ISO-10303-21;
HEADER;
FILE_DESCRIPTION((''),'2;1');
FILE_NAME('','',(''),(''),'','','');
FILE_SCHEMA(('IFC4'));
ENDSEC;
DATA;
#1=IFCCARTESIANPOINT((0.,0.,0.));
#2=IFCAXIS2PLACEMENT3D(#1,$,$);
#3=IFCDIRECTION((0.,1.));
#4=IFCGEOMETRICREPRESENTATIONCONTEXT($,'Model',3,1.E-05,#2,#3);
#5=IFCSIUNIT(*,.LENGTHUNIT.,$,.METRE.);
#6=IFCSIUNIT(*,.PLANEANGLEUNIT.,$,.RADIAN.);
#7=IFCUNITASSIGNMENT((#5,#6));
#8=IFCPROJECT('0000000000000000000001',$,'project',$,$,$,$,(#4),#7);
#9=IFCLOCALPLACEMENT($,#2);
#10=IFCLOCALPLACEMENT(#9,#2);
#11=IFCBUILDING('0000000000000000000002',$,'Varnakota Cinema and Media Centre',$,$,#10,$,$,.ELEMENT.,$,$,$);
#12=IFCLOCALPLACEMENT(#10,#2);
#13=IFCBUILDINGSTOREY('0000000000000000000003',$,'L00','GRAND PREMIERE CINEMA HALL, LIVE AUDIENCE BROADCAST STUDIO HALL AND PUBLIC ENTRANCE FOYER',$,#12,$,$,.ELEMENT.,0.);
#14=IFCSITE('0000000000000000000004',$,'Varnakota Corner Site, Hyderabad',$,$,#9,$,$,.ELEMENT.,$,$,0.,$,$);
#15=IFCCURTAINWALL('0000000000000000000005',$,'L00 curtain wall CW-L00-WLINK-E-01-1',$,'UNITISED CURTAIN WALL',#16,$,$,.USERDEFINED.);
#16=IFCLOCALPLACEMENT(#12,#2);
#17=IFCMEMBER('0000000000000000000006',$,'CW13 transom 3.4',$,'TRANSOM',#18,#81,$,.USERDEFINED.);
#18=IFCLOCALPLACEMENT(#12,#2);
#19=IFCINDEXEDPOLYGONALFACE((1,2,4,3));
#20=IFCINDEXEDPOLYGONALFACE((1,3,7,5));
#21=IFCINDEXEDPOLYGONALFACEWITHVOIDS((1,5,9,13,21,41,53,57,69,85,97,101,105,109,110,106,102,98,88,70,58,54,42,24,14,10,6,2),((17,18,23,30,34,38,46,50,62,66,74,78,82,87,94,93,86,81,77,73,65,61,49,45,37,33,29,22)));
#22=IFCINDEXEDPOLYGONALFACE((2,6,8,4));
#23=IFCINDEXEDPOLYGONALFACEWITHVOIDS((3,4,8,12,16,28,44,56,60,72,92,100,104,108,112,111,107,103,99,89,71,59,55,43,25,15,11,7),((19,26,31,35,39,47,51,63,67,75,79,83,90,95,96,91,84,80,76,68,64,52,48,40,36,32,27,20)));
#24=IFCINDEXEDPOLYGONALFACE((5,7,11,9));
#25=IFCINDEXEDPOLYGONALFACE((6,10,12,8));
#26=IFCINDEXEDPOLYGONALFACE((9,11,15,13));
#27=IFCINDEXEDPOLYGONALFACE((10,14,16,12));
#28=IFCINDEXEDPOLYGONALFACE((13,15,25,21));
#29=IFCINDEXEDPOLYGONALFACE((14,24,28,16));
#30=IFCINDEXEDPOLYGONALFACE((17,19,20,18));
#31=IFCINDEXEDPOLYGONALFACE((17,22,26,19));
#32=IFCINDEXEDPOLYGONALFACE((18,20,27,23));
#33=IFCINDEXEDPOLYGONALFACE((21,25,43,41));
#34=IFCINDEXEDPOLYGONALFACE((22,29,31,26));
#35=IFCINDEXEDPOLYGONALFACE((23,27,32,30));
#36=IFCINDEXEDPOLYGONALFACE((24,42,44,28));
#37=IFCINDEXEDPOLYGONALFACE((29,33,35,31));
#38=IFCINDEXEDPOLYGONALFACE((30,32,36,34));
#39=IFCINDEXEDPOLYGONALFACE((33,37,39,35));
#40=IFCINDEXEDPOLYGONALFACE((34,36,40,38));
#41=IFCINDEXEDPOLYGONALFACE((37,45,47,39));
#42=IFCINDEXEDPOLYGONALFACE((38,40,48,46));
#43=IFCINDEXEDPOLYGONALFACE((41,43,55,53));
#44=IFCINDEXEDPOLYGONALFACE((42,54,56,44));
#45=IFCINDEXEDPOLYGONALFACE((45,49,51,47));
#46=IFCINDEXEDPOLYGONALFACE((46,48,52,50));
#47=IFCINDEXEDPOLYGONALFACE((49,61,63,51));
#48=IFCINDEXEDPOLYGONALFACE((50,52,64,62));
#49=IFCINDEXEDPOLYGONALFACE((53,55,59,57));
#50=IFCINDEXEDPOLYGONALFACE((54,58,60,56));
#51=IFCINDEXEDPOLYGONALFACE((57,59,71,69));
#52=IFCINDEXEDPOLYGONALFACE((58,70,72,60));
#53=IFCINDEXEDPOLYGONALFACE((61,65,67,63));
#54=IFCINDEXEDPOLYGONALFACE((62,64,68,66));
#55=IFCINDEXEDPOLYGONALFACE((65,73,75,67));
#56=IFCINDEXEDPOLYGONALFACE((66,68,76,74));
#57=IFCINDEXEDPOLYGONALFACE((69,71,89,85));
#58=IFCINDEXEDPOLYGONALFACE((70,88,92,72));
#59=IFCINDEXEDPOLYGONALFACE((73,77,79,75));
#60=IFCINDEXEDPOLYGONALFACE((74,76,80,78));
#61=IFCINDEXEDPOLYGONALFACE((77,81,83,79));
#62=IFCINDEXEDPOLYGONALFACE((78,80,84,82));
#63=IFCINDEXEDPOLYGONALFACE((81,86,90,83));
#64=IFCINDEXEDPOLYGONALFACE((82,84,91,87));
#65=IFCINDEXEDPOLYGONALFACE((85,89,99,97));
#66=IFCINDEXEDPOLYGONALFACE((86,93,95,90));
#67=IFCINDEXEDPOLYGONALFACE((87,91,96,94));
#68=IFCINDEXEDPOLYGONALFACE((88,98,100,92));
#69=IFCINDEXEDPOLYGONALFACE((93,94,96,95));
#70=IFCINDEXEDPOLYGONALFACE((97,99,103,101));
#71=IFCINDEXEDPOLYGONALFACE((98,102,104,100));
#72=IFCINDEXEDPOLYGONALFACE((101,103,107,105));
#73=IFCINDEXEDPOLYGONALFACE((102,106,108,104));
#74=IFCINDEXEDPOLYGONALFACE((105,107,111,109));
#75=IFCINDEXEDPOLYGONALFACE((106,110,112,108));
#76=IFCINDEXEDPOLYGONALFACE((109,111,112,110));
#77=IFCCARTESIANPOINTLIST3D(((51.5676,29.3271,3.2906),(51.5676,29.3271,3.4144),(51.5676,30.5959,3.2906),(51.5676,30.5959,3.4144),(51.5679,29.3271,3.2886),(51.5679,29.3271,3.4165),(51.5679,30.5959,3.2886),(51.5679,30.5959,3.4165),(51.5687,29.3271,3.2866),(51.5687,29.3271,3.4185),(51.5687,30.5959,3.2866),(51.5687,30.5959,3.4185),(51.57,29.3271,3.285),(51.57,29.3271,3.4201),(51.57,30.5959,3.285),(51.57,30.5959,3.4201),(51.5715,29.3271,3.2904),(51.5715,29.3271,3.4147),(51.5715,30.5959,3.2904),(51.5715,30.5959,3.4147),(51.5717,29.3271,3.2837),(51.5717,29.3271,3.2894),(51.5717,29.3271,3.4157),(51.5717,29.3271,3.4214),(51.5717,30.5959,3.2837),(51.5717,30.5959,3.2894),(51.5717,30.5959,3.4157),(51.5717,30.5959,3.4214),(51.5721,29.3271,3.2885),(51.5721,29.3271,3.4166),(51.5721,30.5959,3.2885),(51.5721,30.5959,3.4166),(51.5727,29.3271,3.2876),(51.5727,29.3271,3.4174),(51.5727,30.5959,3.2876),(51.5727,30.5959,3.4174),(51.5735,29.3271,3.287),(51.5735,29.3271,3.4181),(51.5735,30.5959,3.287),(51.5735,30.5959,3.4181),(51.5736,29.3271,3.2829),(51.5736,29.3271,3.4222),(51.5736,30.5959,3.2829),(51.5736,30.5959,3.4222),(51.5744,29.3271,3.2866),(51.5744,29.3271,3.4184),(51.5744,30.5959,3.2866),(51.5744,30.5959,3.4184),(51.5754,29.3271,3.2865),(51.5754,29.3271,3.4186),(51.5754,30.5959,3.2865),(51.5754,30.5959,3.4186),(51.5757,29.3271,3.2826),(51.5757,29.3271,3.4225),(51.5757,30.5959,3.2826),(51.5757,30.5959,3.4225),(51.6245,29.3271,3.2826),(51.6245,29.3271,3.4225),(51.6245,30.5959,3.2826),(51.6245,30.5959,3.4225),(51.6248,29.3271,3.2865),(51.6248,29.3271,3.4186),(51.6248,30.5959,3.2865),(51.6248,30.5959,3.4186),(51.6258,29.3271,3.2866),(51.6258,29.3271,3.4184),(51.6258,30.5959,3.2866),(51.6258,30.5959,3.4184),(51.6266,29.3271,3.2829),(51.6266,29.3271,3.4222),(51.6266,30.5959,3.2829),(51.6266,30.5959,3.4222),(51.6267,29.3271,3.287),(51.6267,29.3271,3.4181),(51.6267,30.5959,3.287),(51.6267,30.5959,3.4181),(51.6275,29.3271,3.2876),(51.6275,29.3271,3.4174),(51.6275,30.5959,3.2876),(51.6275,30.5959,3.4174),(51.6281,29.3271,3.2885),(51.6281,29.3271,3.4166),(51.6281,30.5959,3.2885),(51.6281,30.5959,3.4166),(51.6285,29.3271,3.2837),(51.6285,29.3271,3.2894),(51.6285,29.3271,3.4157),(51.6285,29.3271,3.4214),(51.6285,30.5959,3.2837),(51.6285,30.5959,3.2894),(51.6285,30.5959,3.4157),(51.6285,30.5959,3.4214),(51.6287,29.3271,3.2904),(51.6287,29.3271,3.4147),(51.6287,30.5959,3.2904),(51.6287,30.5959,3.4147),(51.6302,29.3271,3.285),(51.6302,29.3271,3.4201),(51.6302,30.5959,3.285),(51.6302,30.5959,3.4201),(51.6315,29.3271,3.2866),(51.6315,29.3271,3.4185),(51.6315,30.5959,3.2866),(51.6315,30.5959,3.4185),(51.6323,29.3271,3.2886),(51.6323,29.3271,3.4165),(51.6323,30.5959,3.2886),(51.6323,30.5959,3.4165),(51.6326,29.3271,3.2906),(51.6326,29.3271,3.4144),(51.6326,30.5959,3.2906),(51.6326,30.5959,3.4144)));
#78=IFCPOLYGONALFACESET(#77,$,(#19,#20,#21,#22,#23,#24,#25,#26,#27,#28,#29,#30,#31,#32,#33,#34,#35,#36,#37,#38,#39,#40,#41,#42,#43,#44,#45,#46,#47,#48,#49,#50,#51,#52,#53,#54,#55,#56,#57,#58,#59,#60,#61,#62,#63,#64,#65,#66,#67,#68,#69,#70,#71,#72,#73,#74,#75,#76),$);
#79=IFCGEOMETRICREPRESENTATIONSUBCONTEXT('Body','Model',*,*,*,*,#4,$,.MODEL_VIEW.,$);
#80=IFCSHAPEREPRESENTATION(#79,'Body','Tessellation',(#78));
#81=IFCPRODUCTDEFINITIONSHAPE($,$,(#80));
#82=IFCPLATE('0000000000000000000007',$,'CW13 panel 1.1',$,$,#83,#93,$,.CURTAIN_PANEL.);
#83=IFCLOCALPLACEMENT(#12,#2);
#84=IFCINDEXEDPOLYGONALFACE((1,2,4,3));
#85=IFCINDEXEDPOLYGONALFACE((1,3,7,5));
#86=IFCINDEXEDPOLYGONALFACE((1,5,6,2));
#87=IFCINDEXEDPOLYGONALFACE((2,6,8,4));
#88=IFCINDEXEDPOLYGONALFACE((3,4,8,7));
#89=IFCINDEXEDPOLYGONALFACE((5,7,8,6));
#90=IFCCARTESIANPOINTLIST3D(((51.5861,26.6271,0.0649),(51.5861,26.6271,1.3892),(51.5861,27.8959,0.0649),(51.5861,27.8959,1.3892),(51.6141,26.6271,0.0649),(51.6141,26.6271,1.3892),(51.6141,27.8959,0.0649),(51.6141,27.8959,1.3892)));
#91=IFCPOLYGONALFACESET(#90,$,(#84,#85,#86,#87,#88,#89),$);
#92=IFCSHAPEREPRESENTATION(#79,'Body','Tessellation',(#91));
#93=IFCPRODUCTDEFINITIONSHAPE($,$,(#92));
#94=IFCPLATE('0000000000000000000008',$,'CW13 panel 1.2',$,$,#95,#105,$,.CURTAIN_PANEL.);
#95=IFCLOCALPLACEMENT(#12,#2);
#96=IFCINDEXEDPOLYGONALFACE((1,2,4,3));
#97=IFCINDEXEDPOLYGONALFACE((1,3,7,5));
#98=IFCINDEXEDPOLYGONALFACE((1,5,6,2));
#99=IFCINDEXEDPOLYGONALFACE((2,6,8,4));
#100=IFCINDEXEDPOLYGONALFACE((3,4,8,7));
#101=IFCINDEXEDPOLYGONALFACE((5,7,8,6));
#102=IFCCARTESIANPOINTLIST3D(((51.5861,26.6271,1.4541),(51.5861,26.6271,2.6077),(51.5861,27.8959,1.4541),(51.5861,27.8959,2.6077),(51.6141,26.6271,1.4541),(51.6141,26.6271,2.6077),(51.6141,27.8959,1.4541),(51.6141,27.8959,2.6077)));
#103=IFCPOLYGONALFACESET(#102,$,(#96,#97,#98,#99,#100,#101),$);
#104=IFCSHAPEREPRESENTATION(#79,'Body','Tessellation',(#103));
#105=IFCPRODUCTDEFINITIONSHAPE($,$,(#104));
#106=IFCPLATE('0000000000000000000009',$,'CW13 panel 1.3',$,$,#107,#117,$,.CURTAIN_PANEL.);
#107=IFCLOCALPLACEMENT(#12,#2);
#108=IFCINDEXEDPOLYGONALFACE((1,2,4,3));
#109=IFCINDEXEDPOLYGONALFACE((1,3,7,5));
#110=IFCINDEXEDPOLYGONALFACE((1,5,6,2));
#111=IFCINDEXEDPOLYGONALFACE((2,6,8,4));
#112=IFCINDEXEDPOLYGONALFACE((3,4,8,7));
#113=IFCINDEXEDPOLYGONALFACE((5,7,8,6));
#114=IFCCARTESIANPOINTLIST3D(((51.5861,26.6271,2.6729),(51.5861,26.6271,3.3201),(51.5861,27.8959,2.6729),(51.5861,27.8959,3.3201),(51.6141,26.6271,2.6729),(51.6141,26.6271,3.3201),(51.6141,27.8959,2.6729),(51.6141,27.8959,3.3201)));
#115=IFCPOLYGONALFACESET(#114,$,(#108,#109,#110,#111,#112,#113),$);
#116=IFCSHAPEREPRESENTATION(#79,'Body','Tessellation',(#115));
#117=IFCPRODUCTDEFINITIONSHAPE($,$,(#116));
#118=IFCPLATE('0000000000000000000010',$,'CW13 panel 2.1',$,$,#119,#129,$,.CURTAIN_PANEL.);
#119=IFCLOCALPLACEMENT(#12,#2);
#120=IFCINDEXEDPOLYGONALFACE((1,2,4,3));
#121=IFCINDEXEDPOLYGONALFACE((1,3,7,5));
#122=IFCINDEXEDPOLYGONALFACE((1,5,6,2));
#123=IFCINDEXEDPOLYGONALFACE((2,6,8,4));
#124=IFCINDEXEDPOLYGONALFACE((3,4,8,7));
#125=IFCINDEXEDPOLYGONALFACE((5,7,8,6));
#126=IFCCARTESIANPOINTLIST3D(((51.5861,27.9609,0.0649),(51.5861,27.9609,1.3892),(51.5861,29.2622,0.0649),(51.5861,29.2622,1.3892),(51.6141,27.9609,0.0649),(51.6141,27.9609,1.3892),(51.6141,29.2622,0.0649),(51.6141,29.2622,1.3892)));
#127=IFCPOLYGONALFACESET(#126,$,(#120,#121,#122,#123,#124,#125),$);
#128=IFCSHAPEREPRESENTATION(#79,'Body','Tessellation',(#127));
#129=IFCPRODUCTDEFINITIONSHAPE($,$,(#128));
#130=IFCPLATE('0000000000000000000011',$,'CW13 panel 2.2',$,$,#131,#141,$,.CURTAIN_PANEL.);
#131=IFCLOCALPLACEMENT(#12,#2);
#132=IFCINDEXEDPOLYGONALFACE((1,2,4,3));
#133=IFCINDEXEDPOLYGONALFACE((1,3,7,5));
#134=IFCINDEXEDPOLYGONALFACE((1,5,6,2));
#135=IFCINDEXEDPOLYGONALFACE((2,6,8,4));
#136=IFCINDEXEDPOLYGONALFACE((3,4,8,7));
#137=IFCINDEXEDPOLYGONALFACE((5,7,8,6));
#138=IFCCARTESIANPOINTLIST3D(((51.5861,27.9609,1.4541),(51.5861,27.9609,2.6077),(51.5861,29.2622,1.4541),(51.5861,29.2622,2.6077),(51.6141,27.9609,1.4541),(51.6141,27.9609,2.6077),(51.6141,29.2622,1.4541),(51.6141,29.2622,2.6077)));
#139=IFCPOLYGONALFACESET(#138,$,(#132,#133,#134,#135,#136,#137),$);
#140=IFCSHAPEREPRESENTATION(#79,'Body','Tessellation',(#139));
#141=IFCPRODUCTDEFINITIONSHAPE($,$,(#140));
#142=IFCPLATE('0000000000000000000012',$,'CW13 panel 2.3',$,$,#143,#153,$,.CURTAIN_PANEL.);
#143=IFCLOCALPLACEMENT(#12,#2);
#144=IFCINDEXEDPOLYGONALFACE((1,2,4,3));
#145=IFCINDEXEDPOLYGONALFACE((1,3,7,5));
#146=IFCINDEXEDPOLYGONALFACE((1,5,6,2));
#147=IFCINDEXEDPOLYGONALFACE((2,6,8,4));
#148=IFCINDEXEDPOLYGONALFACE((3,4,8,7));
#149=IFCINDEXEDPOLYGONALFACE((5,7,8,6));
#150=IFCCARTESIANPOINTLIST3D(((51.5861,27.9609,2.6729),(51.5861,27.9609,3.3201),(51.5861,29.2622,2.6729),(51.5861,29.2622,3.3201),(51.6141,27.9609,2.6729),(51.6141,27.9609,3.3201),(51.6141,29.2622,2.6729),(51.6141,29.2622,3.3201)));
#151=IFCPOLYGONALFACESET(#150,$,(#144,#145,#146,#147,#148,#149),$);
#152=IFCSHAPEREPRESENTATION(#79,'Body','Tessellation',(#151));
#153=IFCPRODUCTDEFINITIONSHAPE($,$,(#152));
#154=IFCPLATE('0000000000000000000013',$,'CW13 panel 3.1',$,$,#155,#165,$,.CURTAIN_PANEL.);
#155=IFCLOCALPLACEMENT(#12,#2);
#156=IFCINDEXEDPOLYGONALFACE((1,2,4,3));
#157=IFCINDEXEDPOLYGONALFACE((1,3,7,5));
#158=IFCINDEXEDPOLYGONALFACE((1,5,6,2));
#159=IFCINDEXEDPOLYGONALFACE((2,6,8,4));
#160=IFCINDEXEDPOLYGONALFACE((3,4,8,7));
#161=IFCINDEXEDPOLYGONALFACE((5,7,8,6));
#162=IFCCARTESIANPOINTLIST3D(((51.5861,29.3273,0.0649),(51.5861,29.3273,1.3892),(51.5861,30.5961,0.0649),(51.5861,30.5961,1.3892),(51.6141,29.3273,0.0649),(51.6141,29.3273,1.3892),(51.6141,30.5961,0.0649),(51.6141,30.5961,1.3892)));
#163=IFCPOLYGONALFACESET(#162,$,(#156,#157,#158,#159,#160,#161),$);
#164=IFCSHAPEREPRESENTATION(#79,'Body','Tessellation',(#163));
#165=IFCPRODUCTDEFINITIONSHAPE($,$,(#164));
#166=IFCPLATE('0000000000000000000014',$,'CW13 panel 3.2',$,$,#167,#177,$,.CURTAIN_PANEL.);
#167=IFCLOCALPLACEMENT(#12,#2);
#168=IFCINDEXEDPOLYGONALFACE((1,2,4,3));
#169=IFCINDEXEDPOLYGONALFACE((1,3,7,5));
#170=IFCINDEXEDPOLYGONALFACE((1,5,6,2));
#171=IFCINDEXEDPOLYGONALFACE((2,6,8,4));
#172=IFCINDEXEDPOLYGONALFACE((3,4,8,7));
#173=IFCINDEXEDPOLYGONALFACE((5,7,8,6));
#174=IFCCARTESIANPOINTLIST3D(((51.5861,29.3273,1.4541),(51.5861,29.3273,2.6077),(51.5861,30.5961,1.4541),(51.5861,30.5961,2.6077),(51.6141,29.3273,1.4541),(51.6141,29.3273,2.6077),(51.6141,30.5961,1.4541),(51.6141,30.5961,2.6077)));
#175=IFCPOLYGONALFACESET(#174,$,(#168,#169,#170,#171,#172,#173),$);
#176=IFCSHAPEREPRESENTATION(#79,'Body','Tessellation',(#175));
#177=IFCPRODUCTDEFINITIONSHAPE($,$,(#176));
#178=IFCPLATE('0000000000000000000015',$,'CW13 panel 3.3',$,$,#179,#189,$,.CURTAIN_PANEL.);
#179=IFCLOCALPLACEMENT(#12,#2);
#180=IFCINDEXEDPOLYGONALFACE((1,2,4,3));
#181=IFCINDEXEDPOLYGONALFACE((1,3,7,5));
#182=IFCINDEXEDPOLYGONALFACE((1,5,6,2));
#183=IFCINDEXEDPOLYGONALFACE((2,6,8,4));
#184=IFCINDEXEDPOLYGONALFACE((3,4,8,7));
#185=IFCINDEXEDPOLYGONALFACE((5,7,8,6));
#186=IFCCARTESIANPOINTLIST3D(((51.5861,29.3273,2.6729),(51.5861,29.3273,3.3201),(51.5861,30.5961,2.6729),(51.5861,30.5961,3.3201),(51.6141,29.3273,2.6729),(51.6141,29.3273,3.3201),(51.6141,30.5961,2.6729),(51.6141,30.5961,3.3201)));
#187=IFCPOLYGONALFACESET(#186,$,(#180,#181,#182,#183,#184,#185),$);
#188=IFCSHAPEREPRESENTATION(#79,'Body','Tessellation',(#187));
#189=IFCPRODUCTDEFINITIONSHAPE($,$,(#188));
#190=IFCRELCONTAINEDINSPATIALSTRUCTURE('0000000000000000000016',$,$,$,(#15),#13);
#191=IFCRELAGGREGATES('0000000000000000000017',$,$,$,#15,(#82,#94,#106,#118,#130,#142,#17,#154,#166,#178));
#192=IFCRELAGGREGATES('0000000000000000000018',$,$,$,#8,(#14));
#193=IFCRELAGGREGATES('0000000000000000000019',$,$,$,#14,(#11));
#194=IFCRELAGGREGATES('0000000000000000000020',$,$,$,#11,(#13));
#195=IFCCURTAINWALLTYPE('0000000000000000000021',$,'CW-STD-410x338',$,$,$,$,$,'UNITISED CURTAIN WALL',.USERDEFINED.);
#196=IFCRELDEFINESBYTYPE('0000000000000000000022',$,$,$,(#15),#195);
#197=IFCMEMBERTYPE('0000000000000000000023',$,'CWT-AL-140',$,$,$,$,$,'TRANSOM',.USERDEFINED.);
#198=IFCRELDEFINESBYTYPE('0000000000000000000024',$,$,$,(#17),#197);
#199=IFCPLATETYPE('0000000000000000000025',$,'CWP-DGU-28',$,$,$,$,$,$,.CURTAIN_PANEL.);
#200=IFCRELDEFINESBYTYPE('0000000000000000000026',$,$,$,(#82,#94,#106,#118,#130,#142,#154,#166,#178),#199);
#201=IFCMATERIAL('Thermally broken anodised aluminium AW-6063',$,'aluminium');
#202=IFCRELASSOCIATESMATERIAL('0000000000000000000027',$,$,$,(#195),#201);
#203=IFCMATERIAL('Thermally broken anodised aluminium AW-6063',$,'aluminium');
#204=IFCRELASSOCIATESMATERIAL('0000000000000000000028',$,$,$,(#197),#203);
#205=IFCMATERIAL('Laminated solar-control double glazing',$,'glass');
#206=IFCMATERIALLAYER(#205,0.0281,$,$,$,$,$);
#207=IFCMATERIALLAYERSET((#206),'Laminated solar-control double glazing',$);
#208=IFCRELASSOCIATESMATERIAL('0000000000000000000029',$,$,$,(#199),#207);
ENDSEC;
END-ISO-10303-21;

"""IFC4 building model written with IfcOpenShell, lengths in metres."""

from ifc_helpers import new_model, si_unit, direction, frame, origin, origin_2d, place, context, subcontext, project, spatial, rectangle, hollow_rectangle, extrude, material, layer, layer_set, material_profile, profile_set, type_object, element, aggregate, save


model = new_model("IFC4")

# Units and contexts
model_context = context("Model", 3, precision=1e-05, world=origin(), true_north=direction((0.0, 1.0)))
body_context = subcontext(model_context, "Body", "Model", "MODEL_VIEW")
ifc_project = project(units=[si_unit("LENGTHUNIT", "METRE"), si_unit("PLANEANGLEUNIT", "RADIAN")], contexts=[model_context])

# Site, building, storey
site_placement = place(None, origin())
site = spatial("IfcSite", under=ifc_project, at=site_placement, Name="Varnakota Corner Site, Hyderabad", CompositionType="ELEMENT", RefElevation=0.0)
building_placement = place(site_placement, origin())
building = spatial("IfcBuilding", under=site, at=building_placement, Name="Varnakota Cinema and Media Centre", CompositionType="ELEMENT")
storey_placement = place(building_placement, origin())
storey = spatial("IfcBuildingStorey", under=building, at=storey_placement, Name="L00", Description="GRAND PREMIERE CINEMA HALL, LIVE AUDIENCE BROADCAST STUDIO HALL AND PUBLIC ENTRANCE FOYER", CompositionType="ELEMENT", Elevation=0.0)

# Curtain wall, member, plates
ifc_material_1 = material(Name="Thermally broken anodised aluminium AW-6063", Category="aluminium")
curtain_wall_type = type_object("IfcCurtainWallType", Name="CW-STD-410x338", ElementType="UNITISED CURTAIN WALL", PredefinedType="USERDEFINED", material=ifc_material_1)
curtain_wall_placement = place(storey_placement, origin())
curtain_wall = element("IfcCurtainWall", 1, at=curtain_wall_placement, inside=storey, type_object=curtain_wall_type, Name="L00 curtain wall CW-L00-WLINK-E-01-1", ObjectType="UNITISED CURTAIN WALL", PredefinedType="USERDEFINED")
ifc_material_2 = material(Name="Thermally broken anodised aluminium AW-6063", Category="aluminium")
ifc_material_profile_1 = material_profile(ifc_material_2, hollow_rectangle(XDim=0.0649, YDim=0.1399, WallThickness=0.0039, InnerFilletRadius=0.0039, OuterFilletRadius=0.0081, at=origin_2d()), Name="AL-TRANSOM 140x65x4")
ifc_profile_set_1 = profile_set([ifc_material_profile_1], Name="Thermally broken anodised aluminium AW-6063")
member_type_1 = type_object("IfcMemberType", Name="CWT-AL-140", ElementType="TRANSOM", PredefinedType="USERDEFINED", material=ifc_profile_set_1)
member_1_placement = place(storey_placement, frame((51.6001, 29.3271, 3.3525), z_axis=(0.0, 1.0, 0.0), x_axis=(-1.0, 0.0, 0.0)))
member_1 = element("IfcMember", 2, at=member_1_placement, type_object=member_type_1, Name="CW13 transom 3.4", ObjectType="TRANSOM", PredefinedType="USERDEFINED", context=body_context, shape_type="SweptSolid", body=[
    extrude(hollow_rectangle(XDim=0.0649, YDim=0.1399, WallThickness=0.0039, InnerFilletRadius=0.0039, OuterFilletRadius=0.0081, at=origin_2d()), origin(), (0.0, 0.0, 1.0), 1.2688),
])
ifc_material_3 = material(Name="Laminated solar-control double glazing", Category="glass")
ifc_layer_1 = layer(ifc_material_3, 0.0281)
ifc_layer_set_1 = layer_set([ifc_layer_1], Name="Laminated solar-control double glazing")
plate_type = type_object("IfcPlateType", Name="CWP-DGU-28", PredefinedType="CURTAIN_PANEL", material=ifc_layer_set_1)
plate_1_placement = place(storey_placement, frame((51.6001, 27.2615, 0.0649), z_axis=(0.0, 0.0, 1.0), x_axis=(0.0, 1.0, 0.0)))
plate_1 = element("IfcPlate", 3, at=plate_1_placement, type_object=plate_type, Name="CW13 panel 1.1", PredefinedType="CURTAIN_PANEL", context=body_context, shape_type="SweptSolid", body=[
    extrude(rectangle(XDim=1.2688, YDim=0.0281, at=origin_2d()), origin(), (0.0, 0.0, 1.0), 1.3242),
])
plate_2_placement = place(storey_placement, frame((51.6001, 27.2615, 1.4541), z_axis=(0.0, 0.0, 1.0), x_axis=(0.0, 1.0, 0.0)))
plate_2 = element("IfcPlate", 4, at=plate_2_placement, type_object=plate_type, Name="CW13 panel 1.2", PredefinedType="CURTAIN_PANEL", context=body_context, shape_type="SweptSolid", body=[
    extrude(rectangle(XDim=1.2688, YDim=0.0281, at=origin_2d()), origin(), (0.0, 0.0, 1.0), 1.1536),
])
plate_3_placement = place(storey_placement, frame((51.6001, 27.2615, 2.6729), z_axis=(0.0, 0.0, 1.0), x_axis=(0.0, 1.0, 0.0)))
plate_3 = element("IfcPlate", 5, at=plate_3_placement, type_object=plate_type, Name="CW13 panel 1.3", PredefinedType="CURTAIN_PANEL", context=body_context, shape_type="SweptSolid", body=[
    extrude(rectangle(XDim=1.2688, YDim=0.0281, at=origin_2d()), origin(), (0.0, 0.0, 1.0), 0.6472),
])
plate_4_placement = place(storey_placement, frame((51.6001, 28.6116, 0.0649), z_axis=(0.0, 0.0, 1.0), x_axis=(0.0, 1.0, 0.0)))
plate_4 = element("IfcPlate", 6, at=plate_4_placement, type_object=plate_type, Name="CW13 panel 2.1", PredefinedType="CURTAIN_PANEL", context=body_context, shape_type="SweptSolid", body=[
    extrude(rectangle(XDim=1.3013, YDim=0.0281, at=origin_2d()), origin(), (0.0, 0.0, 1.0), 1.3242),
])
plate_5_placement = place(storey_placement, frame((51.6001, 28.6116, 1.4541), z_axis=(0.0, 0.0, 1.0), x_axis=(0.0, 1.0, 0.0)))
plate_5 = element("IfcPlate", 7, at=plate_5_placement, type_object=plate_type, Name="CW13 panel 2.2", PredefinedType="CURTAIN_PANEL", context=body_context, shape_type="SweptSolid", body=[
    extrude(rectangle(XDim=1.3013, YDim=0.0281, at=origin_2d()), origin(), (0.0, 0.0, 1.0), 1.1536),
])
plate_6_placement = place(storey_placement, frame((51.6001, 28.6116, 2.6729), z_axis=(0.0, 0.0, 1.0), x_axis=(0.0, 1.0, 0.0)))
plate_6 = element("IfcPlate", 8, at=plate_6_placement, type_object=plate_type, Name="CW13 panel 2.3", PredefinedType="CURTAIN_PANEL", context=body_context, shape_type="SweptSolid", body=[
    extrude(rectangle(XDim=1.3013, YDim=0.0281, at=origin_2d()), origin(), (0.0, 0.0, 1.0), 0.6472),
])
plate_7_placement = place(storey_placement, frame((51.6001, 29.9617, 0.0649), z_axis=(0.0, 0.0, 1.0), x_axis=(0.0, 1.0, 0.0)))
plate_7 = element("IfcPlate", 9, at=plate_7_placement, type_object=plate_type, Name="CW13 panel 3.1", PredefinedType="CURTAIN_PANEL", context=body_context, shape_type="SweptSolid", body=[
    extrude(rectangle(XDim=1.2688, YDim=0.0281, at=origin_2d()), origin(), (0.0, 0.0, 1.0), 1.3242),
])
plate_8_placement = place(storey_placement, frame((51.6001, 29.9617, 1.4541), z_axis=(0.0, 0.0, 1.0), x_axis=(0.0, 1.0, 0.0)))
plate_8 = element("IfcPlate", 10, at=plate_8_placement, type_object=plate_type, Name="CW13 panel 3.2", PredefinedType="CURTAIN_PANEL", context=body_context, shape_type="SweptSolid", body=[
    extrude(rectangle(XDim=1.2688, YDim=0.0281, at=origin_2d()), origin(), (0.0, 0.0, 1.0), 1.1536),
])
plate_9_placement = place(storey_placement, frame((51.6001, 29.9617, 2.6729), z_axis=(0.0, 0.0, 1.0), x_axis=(0.0, 1.0, 0.0)))
plate_9 = element("IfcPlate", 11, at=plate_9_placement, type_object=plate_type, Name="CW13 panel 3.3", PredefinedType="CURTAIN_PANEL", context=body_context, shape_type="SweptSolid", body=[
    extrude(rectangle(XDim=1.2688, YDim=0.0281, at=origin_2d()), origin(), (0.0, 0.0, 1.0), 0.6472),
])
aggregate(curtain_wall, [plate_1, plate_2, plate_3, plate_4, plate_5, plate_6, member_1, plate_7, plate_8, plate_9])

save(model, "model.ifc")
